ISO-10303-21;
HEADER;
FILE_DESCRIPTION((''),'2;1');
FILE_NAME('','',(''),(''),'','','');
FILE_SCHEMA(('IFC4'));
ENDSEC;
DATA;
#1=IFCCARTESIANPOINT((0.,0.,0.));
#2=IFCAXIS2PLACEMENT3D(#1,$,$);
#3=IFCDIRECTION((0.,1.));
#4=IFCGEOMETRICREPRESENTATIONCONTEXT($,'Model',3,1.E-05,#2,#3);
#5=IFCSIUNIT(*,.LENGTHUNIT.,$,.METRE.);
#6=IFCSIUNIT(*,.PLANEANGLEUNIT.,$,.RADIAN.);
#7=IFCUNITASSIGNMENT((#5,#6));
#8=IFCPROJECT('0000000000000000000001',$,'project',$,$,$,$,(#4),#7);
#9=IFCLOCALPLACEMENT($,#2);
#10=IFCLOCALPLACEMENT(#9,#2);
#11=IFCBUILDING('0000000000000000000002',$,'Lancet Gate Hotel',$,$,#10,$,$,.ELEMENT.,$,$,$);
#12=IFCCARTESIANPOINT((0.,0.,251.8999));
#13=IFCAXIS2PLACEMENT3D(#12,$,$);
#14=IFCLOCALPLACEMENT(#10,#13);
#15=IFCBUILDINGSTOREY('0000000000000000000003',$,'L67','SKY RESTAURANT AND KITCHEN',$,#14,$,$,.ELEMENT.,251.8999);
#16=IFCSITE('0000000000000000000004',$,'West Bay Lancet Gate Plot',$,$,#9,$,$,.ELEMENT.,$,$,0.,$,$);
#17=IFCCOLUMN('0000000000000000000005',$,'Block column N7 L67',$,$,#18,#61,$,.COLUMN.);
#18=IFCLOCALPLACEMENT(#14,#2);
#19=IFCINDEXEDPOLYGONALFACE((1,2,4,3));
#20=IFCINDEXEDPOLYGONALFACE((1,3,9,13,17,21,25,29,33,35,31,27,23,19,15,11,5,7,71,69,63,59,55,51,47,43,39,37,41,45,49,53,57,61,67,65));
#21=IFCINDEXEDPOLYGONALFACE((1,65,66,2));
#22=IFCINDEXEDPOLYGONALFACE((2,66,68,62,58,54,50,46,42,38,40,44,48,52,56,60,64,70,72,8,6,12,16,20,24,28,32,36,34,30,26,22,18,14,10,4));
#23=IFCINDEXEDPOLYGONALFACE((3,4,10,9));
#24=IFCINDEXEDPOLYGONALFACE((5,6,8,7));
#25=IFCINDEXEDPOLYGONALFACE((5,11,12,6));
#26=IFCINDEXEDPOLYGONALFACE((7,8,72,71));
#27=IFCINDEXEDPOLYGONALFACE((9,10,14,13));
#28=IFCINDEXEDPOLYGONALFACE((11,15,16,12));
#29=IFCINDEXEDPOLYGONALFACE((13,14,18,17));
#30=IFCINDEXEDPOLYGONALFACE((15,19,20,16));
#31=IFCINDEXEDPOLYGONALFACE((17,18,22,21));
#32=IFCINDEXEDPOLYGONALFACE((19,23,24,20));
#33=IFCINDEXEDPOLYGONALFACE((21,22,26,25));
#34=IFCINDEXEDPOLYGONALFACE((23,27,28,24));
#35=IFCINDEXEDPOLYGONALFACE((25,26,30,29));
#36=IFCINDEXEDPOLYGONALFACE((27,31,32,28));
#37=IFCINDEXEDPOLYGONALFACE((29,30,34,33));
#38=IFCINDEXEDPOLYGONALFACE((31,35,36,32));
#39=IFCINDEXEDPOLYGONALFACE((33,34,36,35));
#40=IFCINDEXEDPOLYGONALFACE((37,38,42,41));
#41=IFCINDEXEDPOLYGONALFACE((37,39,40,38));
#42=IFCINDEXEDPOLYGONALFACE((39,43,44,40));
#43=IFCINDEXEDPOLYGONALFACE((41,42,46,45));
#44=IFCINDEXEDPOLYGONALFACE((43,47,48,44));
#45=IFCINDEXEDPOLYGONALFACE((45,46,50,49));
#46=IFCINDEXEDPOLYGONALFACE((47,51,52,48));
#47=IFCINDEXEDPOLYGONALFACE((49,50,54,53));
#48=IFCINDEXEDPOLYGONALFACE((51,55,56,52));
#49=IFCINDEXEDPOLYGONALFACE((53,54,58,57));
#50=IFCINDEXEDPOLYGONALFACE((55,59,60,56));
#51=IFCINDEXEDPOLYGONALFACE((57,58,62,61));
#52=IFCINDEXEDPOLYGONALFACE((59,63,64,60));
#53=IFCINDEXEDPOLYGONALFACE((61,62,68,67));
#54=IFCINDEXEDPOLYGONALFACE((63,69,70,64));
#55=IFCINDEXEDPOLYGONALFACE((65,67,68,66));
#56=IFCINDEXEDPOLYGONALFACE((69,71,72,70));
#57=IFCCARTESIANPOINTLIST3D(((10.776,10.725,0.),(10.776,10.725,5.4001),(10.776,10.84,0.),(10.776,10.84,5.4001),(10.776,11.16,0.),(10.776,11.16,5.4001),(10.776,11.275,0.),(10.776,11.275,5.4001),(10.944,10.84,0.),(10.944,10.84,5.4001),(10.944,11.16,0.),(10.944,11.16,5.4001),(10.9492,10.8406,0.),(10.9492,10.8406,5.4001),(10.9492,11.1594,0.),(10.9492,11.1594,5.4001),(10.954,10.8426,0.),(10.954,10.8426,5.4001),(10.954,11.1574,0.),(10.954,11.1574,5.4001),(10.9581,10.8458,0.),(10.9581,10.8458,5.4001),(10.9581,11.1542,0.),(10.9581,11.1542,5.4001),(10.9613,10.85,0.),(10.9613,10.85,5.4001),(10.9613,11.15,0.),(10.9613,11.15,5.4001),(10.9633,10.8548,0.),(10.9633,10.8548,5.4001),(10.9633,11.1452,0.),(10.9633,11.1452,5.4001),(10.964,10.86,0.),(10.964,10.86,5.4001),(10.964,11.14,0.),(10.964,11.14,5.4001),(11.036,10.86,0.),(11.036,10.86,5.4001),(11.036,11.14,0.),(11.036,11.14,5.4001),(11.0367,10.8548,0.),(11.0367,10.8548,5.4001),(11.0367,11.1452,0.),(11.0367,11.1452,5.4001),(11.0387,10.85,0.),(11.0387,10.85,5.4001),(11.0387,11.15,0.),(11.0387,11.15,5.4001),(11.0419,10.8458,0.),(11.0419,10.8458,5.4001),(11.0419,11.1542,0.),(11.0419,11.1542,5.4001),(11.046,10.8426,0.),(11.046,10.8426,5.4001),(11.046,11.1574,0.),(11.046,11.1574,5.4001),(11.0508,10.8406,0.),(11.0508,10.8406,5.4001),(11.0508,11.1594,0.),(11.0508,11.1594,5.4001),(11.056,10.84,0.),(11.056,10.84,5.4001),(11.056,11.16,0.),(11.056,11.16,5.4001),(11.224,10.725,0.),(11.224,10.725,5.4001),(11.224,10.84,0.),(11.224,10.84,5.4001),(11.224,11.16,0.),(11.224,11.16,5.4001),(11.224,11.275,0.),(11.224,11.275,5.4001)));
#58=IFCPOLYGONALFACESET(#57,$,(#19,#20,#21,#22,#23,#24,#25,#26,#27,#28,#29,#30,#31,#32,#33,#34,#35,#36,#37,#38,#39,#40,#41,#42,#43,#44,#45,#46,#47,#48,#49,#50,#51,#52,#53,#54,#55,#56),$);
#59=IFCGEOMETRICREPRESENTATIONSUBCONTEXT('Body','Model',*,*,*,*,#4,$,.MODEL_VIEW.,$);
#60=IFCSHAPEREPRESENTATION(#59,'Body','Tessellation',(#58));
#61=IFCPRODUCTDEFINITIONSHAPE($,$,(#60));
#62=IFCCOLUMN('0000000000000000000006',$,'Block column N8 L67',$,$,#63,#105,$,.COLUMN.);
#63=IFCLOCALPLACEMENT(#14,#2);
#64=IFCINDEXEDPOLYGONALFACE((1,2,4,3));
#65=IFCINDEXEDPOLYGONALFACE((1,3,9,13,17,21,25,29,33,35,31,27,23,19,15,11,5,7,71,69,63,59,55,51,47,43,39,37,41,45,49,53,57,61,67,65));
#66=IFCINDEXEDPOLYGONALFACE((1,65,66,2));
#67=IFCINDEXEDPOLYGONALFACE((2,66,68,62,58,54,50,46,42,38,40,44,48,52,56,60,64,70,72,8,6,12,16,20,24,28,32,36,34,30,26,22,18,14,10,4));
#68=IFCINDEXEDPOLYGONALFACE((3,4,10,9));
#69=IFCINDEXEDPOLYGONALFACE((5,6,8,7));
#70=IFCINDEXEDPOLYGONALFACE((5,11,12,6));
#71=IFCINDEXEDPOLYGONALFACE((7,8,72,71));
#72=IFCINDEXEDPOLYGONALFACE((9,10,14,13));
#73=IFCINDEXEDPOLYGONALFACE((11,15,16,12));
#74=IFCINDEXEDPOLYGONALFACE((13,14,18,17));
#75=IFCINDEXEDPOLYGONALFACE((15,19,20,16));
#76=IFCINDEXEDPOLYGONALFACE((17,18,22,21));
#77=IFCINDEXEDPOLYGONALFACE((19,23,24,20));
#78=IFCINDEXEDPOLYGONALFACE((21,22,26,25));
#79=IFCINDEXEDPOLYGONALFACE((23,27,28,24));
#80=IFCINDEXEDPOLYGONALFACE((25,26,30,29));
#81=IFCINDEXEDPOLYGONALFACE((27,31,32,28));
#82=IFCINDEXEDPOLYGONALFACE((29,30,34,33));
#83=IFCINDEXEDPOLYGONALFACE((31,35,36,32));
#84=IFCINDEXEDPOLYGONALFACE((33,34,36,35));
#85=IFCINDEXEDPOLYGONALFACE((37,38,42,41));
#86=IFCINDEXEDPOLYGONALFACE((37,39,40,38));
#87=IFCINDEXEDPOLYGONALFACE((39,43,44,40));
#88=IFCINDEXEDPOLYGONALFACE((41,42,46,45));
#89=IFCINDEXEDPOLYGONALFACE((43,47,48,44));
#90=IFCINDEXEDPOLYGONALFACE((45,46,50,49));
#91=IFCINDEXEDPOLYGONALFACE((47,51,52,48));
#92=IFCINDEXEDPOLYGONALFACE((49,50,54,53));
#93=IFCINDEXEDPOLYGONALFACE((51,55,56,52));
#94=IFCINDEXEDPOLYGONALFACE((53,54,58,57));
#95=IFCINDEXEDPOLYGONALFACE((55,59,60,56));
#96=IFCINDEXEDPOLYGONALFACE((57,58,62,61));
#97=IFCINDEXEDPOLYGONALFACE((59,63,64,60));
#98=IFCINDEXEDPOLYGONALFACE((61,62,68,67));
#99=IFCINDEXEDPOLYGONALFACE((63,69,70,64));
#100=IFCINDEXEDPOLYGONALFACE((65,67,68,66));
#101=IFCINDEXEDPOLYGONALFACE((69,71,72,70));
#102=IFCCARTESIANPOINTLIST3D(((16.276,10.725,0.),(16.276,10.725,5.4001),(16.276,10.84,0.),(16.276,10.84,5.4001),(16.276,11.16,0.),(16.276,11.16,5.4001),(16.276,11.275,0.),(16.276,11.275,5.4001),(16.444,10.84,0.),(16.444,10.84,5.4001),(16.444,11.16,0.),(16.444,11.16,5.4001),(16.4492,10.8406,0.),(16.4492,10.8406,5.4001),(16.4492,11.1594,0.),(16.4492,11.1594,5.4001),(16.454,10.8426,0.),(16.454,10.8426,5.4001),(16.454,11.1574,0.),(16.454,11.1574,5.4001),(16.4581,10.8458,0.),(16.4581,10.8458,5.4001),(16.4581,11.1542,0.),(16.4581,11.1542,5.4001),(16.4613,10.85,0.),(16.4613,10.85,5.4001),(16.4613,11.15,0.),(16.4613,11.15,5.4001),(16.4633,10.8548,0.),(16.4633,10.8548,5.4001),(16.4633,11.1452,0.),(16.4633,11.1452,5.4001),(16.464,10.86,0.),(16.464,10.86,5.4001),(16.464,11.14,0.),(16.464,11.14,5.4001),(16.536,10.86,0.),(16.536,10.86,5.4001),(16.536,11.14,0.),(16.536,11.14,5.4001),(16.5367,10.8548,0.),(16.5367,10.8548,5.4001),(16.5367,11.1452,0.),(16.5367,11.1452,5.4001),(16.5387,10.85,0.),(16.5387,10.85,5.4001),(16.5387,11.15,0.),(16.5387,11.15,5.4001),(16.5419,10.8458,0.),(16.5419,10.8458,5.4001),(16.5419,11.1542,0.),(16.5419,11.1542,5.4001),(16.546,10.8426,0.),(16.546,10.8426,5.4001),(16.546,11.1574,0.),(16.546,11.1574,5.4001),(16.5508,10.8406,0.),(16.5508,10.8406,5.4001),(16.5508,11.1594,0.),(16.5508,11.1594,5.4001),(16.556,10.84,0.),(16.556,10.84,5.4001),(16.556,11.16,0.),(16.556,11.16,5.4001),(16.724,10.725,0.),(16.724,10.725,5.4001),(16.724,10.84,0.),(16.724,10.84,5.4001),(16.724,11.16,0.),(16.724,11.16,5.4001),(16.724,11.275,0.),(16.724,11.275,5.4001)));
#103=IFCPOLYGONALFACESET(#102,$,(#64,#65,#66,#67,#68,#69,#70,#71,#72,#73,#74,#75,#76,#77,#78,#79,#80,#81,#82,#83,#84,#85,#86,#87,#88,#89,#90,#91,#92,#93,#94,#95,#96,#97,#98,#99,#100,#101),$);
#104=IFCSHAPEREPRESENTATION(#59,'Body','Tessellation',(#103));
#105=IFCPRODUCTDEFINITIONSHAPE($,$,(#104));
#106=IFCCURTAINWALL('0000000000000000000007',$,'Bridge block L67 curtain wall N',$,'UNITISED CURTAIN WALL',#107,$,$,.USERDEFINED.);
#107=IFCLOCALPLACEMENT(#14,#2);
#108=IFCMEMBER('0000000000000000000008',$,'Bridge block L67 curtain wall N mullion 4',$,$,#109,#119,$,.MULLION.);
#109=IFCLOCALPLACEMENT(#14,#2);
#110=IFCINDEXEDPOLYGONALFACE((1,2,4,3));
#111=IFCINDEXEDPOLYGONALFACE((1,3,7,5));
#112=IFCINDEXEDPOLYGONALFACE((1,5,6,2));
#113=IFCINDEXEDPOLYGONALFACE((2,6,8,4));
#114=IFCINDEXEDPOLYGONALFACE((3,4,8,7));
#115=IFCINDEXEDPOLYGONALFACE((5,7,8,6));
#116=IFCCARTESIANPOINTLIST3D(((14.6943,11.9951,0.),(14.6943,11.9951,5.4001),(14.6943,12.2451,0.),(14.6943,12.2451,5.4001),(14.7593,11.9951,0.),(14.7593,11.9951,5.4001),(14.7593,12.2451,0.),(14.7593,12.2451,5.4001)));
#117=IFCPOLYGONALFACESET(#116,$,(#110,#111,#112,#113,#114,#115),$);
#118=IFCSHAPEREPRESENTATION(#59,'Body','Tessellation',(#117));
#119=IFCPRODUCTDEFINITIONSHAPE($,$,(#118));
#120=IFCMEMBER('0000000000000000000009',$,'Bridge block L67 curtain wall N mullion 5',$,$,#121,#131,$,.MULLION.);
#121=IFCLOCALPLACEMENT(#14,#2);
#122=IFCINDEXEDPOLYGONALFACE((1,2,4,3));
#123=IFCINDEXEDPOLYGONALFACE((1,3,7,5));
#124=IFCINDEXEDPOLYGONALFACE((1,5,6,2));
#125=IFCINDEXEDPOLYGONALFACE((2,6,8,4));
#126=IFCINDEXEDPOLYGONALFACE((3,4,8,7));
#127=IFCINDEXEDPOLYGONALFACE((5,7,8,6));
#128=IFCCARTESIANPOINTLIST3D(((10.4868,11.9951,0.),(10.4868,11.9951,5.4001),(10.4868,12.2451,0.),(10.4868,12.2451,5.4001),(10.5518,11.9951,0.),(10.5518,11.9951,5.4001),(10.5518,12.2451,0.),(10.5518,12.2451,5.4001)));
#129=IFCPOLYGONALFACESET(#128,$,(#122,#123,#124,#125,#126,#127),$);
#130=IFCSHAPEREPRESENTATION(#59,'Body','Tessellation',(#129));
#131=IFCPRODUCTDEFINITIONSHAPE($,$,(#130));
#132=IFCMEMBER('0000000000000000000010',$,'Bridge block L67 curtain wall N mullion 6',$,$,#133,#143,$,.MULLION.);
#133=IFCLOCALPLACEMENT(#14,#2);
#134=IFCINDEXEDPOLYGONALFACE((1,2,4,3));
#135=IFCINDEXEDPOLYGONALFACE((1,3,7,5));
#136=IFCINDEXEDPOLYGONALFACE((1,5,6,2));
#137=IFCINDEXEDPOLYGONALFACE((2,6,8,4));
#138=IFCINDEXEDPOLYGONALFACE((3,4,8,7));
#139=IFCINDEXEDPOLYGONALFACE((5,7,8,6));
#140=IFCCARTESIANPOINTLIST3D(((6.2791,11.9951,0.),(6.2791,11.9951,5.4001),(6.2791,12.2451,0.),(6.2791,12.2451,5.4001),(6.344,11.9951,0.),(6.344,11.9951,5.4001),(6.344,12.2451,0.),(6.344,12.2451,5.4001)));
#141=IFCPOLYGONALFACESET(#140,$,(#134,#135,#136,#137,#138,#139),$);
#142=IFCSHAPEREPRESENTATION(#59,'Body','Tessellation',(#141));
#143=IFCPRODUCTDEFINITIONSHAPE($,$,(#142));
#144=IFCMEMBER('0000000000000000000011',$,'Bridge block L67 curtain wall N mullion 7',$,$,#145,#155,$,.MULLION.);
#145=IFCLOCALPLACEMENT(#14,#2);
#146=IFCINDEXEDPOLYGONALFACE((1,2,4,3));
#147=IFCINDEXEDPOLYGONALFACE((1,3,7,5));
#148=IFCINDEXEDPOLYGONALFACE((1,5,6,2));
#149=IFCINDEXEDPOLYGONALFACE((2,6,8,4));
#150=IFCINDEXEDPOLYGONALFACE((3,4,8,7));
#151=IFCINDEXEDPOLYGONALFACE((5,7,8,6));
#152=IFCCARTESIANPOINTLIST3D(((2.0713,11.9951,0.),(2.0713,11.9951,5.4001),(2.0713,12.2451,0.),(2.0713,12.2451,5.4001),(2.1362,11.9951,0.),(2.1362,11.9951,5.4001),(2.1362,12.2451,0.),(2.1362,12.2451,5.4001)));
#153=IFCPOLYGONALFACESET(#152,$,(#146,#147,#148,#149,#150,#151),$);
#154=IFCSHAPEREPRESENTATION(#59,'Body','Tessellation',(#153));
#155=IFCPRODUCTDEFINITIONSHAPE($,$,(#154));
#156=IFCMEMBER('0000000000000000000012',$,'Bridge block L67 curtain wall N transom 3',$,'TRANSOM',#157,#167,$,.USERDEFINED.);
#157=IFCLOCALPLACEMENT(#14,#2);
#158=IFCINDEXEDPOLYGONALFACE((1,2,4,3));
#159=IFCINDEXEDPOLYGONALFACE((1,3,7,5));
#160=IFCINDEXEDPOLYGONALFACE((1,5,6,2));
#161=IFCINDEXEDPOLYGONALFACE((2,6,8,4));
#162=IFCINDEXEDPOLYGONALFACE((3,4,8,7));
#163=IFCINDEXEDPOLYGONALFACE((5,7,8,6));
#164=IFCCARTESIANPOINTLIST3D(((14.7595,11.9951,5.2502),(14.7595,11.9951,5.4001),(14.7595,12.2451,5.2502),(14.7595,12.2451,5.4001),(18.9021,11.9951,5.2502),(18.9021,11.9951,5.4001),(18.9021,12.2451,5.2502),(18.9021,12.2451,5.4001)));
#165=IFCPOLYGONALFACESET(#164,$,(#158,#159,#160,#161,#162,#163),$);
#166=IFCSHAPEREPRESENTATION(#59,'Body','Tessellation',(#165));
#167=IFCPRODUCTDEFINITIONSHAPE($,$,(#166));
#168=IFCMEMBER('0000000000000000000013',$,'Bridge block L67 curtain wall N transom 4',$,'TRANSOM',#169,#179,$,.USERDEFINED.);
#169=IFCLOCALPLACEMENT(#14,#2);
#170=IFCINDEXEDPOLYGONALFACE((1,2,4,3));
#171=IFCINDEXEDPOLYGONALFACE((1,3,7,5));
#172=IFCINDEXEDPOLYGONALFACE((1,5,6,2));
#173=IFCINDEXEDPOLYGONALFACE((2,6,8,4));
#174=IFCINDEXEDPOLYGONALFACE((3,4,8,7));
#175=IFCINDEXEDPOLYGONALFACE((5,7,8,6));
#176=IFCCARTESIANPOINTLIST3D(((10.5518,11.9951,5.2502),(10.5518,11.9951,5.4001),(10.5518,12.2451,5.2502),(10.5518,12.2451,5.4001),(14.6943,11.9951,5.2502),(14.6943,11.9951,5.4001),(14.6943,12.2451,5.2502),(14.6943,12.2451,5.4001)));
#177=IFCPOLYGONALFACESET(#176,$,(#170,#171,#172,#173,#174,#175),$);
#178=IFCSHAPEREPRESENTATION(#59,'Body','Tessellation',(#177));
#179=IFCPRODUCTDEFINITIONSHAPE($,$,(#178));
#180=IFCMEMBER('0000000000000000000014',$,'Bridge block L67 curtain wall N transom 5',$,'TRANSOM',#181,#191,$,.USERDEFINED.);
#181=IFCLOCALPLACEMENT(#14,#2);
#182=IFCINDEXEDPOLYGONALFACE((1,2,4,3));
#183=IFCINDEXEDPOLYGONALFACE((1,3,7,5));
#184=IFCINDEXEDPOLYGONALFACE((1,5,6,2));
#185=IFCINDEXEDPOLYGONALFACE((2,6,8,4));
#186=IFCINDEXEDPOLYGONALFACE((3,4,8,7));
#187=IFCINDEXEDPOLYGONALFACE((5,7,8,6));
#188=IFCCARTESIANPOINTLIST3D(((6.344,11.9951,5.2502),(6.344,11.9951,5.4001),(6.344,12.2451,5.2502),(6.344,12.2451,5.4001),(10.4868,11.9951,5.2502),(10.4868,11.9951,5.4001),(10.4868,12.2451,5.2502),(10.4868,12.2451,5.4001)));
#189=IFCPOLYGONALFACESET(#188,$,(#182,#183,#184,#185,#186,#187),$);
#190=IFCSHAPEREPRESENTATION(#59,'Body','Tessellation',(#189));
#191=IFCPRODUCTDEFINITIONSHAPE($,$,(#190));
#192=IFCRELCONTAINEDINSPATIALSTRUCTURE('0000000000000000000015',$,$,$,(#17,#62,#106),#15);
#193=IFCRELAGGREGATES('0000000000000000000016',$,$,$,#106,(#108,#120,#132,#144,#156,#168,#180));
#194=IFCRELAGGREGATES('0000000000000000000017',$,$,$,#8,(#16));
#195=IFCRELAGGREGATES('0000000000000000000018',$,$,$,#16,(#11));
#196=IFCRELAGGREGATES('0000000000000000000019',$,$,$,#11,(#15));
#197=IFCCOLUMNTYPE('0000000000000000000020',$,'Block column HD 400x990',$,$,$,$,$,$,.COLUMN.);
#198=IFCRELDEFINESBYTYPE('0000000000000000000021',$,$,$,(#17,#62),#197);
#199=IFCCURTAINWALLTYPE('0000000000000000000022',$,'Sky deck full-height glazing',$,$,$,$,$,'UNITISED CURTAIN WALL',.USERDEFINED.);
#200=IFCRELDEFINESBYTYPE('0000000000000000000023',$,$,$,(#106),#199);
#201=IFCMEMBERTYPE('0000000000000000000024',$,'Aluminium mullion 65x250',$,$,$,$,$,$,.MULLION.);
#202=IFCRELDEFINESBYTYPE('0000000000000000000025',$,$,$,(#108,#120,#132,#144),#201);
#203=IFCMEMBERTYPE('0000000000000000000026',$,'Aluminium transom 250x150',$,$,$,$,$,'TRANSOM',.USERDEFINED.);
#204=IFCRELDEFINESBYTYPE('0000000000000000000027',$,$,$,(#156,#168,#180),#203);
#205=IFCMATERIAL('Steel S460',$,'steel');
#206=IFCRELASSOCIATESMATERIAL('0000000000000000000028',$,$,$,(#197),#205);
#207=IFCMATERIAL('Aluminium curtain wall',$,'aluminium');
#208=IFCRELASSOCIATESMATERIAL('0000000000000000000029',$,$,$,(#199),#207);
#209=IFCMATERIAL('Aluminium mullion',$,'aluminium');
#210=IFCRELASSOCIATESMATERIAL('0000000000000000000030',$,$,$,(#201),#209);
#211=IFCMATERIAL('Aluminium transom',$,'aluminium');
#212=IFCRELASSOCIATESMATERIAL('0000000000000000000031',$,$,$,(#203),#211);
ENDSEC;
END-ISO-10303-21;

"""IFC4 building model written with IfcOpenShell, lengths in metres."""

from ifc_helpers import new_model, si_unit, direction, frame, origin, origin_2d, place, context, subcontext, project, spatial, rectangle, i_section, extrude, material, material_profile, profile_set, type_object, element, aggregate, save


model = new_model("IFC4")

# Units and contexts
model_context = context("Model", 3, precision=1e-05, world=origin(), true_north=direction((0.0, 1.0)))
body_context = subcontext(model_context, "Body", "Model", "MODEL_VIEW")
ifc_project = project(units=[si_unit("LENGTHUNIT", "METRE"), si_unit("PLANEANGLEUNIT", "RADIAN")], contexts=[model_context])

# Site, building, storey
site_placement = place(None, origin())
site = spatial("IfcSite", under=ifc_project, at=site_placement, Name="West Bay Lancet Gate Plot", CompositionType="ELEMENT", RefElevation=0.0)
building_placement = place(site_placement, origin())
building = spatial("IfcBuilding", under=site, at=building_placement, Name="Lancet Gate Hotel", CompositionType="ELEMENT")
storey_placement = place(building_placement, frame((0.0, 0.0, 251.8999)))
storey = spatial("IfcBuildingStorey", under=building, at=storey_placement, Name="L67", Description="SKY RESTAURANT AND KITCHEN", CompositionType="ELEMENT", Elevation=251.8999)

# Columns
ifc_material_1 = material(Name="Steel S460", Category="steel")
ifc_material_profile_1 = material_profile(ifc_material_1, i_section(OverallWidth=0.448, OverallDepth=0.55, WebThickness=0.072, FlangeThickness=0.115, FilletRadius=0.02, at=origin_2d()), Name="HD 400x990")
ifc_profile_set_1 = profile_set([ifc_material_profile_1], Name="Steel S460")
column_type = type_object("IfcColumnType", Name="Block column HD 400x990", PredefinedType="COLUMN", material=ifc_profile_set_1)
for number, where, z_axis, x_axis, name in (
    (1, (11.0, 11.0, 0.0), (0.0, 0.0, 1.0), (1.0, 0.0, 0.0), "Block column N7 L67"),
    (2, (16.5, 11.0, 0.0), (0.0, 0.0, 1.0), (1.0, 0.0, 0.0), "Block column N8 L67"),
):
    element("IfcColumn", number, at=place(storey_placement, frame(where, z_axis=z_axis, x_axis=x_axis)), inside=storey, type_object=column_type, Name=name, PredefinedType="COLUMN", context=body_context, shape_type="SweptSolid", body=[
        extrude(i_section(OverallWidth=0.448, OverallDepth=0.55, WebThickness=0.072, FlangeThickness=0.115, FilletRadius=0.02, at=origin_2d()), origin(), (0.0, 0.0, 1.0), 5.4001),
    ])

# Curtain wall, members
ifc_material_2 = material(Name="Aluminium curtain wall", Category="aluminium")
curtain_wall_type = type_object("IfcCurtainWallType", Name="Sky deck full-height glazing", ElementType="UNITISED CURTAIN WALL", PredefinedType="USERDEFINED", material=ifc_material_2)
curtain_wall_placement = place(storey_placement, origin())
curtain_wall = element("IfcCurtainWall", 3, at=curtain_wall_placement, inside=storey, type_object=curtain_wall_type, Name="Bridge block L67 curtain wall N", ObjectType="UNITISED CURTAIN WALL", PredefinedType="USERDEFINED")
ifc_material_3 = material(Name="Aluminium mullion", Category="aluminium")
ifc_material_profile_2 = material_profile(ifc_material_3, rectangle(XDim=0.0649, YDim=0.25, at=origin_2d()), Name="MULLION 65x250")
ifc_profile_set_2 = profile_set([ifc_material_profile_2], Name="Aluminium mullion")
member_type_1 = type_object("IfcMemberType", Name="Aluminium mullion 65x250", PredefinedType="MULLION", material=ifc_profile_set_2)
member_1_placement = place(storey_placement, frame((14.7268, 12.1201, 0.0), z_axis=(0.0, 0.0, 1.0), x_axis=(-1.0, 0.0, 0.0)))
member_1 = element("IfcMember", 4, at=member_1_placement, type_object=member_type_1, Name="Bridge block L67 curtain wall N mullion 4", PredefinedType="MULLION", context=body_context, shape_type="SweptSolid", body=[
    extrude(rectangle(XDim=0.0649, YDim=0.25, at=origin_2d()), origin(), (0.0, 0.0, 1.0), 5.4001),
])
member_2_placement = place(storey_placement, frame((10.5193, 12.1201, 0.0), z_axis=(0.0, 0.0, 1.0), x_axis=(-1.0, 0.0, 0.0)))
member_2 = element("IfcMember", 5, at=member_2_placement, type_object=member_type_1, Name="Bridge block L67 curtain wall N mullion 5", PredefinedType="MULLION", context=body_context, shape_type="SweptSolid", body=[
    extrude(rectangle(XDim=0.0649, YDim=0.25, at=origin_2d()), origin(), (0.0, 0.0, 1.0), 5.4001),
])
member_3_placement = place(storey_placement, frame((6.3115, 12.1201, 0.0), z_axis=(0.0, 0.0, 1.0), x_axis=(-1.0, 0.0, 0.0)))
member_3 = element("IfcMember", 6, at=member_3_placement, type_object=member_type_1, Name="Bridge block L67 curtain wall N mullion 6", PredefinedType="MULLION", context=body_context, shape_type="SweptSolid", body=[
    extrude(rectangle(XDim=0.0649, YDim=0.25, at=origin_2d()), origin(), (0.0, 0.0, 1.0), 5.4001),
])
member_4_placement = place(storey_placement, frame((2.1038, 12.1201, 0.0), z_axis=(0.0, 0.0, 1.0), x_axis=(-1.0, 0.0, 0.0)))
member_4 = element("IfcMember", 7, at=member_4_placement, type_object=member_type_1, Name="Bridge block L67 curtain wall N mullion 7", PredefinedType="MULLION", context=body_context, shape_type="SweptSolid", body=[
    extrude(rectangle(XDim=0.0649, YDim=0.25, at=origin_2d()), origin(), (0.0, 0.0, 1.0), 5.4001),
])
ifc_material_4 = material(Name="Aluminium transom", Category="aluminium")
ifc_material_profile_3 = material_profile(ifc_material_4, rectangle(XDim=0.25, YDim=0.1499, at=origin_2d()), Name="TRANSOM 250x150")
ifc_profile_set_3 = profile_set([ifc_material_profile_3], Name="Aluminium transom")
member_type_2 = type_object("IfcMemberType", Name="Aluminium transom 250x150", ElementType="TRANSOM", PredefinedType="USERDEFINED", material=ifc_profile_set_3)
member_5_placement = place(storey_placement, frame((18.9021, 12.1201, 5.3252), z_axis=(-1.0, 0.0, 0.0), x_axis=(0.0, -1.0, 0.0)))
member_5 = element("IfcMember", 8, at=member_5_placement, type_object=member_type_2, Name="Bridge block L67 curtain wall N transom 3", ObjectType="TRANSOM", PredefinedType="USERDEFINED", context=body_context, shape_type="SweptSolid", body=[
    extrude(rectangle(XDim=0.25, YDim=0.1499, at=origin_2d()), origin(), (0.0, 0.0, 1.0), 4.1426),
])
member_6_placement = place(storey_placement, frame((14.6943, 12.1201, 5.3252), z_axis=(-1.0, 0.0, 0.0), x_axis=(0.0, -1.0, 0.0)))
member_6 = element("IfcMember", 9, at=member_6_placement, type_object=member_type_2, Name="Bridge block L67 curtain wall N transom 4", ObjectType="TRANSOM", PredefinedType="USERDEFINED", context=body_context, shape_type="SweptSolid", body=[
    extrude(rectangle(XDim=0.25, YDim=0.1499, at=origin_2d()), origin(), (0.0, 0.0, 1.0), 4.1426),
])
member_7_placement = place(storey_placement, frame((10.4868, 12.1201, 5.3252), z_axis=(-1.0, 0.0, 0.0), x_axis=(0.0, -1.0, 0.0)))
member_7 = element("IfcMember", 10, at=member_7_placement, type_object=member_type_2, Name="Bridge block L67 curtain wall N transom 5", ObjectType="TRANSOM", PredefinedType="USERDEFINED", context=body_context, shape_type="SweptSolid", body=[
    extrude(rectangle(XDim=0.25, YDim=0.1499, at=origin_2d()), origin(), (0.0, 0.0, 1.0), 4.1428),
])

aggregate(curtain_wall, [member_1, member_2, member_3, member_4, member_5, member_6, member_7])

save(model, "model.ifc")
